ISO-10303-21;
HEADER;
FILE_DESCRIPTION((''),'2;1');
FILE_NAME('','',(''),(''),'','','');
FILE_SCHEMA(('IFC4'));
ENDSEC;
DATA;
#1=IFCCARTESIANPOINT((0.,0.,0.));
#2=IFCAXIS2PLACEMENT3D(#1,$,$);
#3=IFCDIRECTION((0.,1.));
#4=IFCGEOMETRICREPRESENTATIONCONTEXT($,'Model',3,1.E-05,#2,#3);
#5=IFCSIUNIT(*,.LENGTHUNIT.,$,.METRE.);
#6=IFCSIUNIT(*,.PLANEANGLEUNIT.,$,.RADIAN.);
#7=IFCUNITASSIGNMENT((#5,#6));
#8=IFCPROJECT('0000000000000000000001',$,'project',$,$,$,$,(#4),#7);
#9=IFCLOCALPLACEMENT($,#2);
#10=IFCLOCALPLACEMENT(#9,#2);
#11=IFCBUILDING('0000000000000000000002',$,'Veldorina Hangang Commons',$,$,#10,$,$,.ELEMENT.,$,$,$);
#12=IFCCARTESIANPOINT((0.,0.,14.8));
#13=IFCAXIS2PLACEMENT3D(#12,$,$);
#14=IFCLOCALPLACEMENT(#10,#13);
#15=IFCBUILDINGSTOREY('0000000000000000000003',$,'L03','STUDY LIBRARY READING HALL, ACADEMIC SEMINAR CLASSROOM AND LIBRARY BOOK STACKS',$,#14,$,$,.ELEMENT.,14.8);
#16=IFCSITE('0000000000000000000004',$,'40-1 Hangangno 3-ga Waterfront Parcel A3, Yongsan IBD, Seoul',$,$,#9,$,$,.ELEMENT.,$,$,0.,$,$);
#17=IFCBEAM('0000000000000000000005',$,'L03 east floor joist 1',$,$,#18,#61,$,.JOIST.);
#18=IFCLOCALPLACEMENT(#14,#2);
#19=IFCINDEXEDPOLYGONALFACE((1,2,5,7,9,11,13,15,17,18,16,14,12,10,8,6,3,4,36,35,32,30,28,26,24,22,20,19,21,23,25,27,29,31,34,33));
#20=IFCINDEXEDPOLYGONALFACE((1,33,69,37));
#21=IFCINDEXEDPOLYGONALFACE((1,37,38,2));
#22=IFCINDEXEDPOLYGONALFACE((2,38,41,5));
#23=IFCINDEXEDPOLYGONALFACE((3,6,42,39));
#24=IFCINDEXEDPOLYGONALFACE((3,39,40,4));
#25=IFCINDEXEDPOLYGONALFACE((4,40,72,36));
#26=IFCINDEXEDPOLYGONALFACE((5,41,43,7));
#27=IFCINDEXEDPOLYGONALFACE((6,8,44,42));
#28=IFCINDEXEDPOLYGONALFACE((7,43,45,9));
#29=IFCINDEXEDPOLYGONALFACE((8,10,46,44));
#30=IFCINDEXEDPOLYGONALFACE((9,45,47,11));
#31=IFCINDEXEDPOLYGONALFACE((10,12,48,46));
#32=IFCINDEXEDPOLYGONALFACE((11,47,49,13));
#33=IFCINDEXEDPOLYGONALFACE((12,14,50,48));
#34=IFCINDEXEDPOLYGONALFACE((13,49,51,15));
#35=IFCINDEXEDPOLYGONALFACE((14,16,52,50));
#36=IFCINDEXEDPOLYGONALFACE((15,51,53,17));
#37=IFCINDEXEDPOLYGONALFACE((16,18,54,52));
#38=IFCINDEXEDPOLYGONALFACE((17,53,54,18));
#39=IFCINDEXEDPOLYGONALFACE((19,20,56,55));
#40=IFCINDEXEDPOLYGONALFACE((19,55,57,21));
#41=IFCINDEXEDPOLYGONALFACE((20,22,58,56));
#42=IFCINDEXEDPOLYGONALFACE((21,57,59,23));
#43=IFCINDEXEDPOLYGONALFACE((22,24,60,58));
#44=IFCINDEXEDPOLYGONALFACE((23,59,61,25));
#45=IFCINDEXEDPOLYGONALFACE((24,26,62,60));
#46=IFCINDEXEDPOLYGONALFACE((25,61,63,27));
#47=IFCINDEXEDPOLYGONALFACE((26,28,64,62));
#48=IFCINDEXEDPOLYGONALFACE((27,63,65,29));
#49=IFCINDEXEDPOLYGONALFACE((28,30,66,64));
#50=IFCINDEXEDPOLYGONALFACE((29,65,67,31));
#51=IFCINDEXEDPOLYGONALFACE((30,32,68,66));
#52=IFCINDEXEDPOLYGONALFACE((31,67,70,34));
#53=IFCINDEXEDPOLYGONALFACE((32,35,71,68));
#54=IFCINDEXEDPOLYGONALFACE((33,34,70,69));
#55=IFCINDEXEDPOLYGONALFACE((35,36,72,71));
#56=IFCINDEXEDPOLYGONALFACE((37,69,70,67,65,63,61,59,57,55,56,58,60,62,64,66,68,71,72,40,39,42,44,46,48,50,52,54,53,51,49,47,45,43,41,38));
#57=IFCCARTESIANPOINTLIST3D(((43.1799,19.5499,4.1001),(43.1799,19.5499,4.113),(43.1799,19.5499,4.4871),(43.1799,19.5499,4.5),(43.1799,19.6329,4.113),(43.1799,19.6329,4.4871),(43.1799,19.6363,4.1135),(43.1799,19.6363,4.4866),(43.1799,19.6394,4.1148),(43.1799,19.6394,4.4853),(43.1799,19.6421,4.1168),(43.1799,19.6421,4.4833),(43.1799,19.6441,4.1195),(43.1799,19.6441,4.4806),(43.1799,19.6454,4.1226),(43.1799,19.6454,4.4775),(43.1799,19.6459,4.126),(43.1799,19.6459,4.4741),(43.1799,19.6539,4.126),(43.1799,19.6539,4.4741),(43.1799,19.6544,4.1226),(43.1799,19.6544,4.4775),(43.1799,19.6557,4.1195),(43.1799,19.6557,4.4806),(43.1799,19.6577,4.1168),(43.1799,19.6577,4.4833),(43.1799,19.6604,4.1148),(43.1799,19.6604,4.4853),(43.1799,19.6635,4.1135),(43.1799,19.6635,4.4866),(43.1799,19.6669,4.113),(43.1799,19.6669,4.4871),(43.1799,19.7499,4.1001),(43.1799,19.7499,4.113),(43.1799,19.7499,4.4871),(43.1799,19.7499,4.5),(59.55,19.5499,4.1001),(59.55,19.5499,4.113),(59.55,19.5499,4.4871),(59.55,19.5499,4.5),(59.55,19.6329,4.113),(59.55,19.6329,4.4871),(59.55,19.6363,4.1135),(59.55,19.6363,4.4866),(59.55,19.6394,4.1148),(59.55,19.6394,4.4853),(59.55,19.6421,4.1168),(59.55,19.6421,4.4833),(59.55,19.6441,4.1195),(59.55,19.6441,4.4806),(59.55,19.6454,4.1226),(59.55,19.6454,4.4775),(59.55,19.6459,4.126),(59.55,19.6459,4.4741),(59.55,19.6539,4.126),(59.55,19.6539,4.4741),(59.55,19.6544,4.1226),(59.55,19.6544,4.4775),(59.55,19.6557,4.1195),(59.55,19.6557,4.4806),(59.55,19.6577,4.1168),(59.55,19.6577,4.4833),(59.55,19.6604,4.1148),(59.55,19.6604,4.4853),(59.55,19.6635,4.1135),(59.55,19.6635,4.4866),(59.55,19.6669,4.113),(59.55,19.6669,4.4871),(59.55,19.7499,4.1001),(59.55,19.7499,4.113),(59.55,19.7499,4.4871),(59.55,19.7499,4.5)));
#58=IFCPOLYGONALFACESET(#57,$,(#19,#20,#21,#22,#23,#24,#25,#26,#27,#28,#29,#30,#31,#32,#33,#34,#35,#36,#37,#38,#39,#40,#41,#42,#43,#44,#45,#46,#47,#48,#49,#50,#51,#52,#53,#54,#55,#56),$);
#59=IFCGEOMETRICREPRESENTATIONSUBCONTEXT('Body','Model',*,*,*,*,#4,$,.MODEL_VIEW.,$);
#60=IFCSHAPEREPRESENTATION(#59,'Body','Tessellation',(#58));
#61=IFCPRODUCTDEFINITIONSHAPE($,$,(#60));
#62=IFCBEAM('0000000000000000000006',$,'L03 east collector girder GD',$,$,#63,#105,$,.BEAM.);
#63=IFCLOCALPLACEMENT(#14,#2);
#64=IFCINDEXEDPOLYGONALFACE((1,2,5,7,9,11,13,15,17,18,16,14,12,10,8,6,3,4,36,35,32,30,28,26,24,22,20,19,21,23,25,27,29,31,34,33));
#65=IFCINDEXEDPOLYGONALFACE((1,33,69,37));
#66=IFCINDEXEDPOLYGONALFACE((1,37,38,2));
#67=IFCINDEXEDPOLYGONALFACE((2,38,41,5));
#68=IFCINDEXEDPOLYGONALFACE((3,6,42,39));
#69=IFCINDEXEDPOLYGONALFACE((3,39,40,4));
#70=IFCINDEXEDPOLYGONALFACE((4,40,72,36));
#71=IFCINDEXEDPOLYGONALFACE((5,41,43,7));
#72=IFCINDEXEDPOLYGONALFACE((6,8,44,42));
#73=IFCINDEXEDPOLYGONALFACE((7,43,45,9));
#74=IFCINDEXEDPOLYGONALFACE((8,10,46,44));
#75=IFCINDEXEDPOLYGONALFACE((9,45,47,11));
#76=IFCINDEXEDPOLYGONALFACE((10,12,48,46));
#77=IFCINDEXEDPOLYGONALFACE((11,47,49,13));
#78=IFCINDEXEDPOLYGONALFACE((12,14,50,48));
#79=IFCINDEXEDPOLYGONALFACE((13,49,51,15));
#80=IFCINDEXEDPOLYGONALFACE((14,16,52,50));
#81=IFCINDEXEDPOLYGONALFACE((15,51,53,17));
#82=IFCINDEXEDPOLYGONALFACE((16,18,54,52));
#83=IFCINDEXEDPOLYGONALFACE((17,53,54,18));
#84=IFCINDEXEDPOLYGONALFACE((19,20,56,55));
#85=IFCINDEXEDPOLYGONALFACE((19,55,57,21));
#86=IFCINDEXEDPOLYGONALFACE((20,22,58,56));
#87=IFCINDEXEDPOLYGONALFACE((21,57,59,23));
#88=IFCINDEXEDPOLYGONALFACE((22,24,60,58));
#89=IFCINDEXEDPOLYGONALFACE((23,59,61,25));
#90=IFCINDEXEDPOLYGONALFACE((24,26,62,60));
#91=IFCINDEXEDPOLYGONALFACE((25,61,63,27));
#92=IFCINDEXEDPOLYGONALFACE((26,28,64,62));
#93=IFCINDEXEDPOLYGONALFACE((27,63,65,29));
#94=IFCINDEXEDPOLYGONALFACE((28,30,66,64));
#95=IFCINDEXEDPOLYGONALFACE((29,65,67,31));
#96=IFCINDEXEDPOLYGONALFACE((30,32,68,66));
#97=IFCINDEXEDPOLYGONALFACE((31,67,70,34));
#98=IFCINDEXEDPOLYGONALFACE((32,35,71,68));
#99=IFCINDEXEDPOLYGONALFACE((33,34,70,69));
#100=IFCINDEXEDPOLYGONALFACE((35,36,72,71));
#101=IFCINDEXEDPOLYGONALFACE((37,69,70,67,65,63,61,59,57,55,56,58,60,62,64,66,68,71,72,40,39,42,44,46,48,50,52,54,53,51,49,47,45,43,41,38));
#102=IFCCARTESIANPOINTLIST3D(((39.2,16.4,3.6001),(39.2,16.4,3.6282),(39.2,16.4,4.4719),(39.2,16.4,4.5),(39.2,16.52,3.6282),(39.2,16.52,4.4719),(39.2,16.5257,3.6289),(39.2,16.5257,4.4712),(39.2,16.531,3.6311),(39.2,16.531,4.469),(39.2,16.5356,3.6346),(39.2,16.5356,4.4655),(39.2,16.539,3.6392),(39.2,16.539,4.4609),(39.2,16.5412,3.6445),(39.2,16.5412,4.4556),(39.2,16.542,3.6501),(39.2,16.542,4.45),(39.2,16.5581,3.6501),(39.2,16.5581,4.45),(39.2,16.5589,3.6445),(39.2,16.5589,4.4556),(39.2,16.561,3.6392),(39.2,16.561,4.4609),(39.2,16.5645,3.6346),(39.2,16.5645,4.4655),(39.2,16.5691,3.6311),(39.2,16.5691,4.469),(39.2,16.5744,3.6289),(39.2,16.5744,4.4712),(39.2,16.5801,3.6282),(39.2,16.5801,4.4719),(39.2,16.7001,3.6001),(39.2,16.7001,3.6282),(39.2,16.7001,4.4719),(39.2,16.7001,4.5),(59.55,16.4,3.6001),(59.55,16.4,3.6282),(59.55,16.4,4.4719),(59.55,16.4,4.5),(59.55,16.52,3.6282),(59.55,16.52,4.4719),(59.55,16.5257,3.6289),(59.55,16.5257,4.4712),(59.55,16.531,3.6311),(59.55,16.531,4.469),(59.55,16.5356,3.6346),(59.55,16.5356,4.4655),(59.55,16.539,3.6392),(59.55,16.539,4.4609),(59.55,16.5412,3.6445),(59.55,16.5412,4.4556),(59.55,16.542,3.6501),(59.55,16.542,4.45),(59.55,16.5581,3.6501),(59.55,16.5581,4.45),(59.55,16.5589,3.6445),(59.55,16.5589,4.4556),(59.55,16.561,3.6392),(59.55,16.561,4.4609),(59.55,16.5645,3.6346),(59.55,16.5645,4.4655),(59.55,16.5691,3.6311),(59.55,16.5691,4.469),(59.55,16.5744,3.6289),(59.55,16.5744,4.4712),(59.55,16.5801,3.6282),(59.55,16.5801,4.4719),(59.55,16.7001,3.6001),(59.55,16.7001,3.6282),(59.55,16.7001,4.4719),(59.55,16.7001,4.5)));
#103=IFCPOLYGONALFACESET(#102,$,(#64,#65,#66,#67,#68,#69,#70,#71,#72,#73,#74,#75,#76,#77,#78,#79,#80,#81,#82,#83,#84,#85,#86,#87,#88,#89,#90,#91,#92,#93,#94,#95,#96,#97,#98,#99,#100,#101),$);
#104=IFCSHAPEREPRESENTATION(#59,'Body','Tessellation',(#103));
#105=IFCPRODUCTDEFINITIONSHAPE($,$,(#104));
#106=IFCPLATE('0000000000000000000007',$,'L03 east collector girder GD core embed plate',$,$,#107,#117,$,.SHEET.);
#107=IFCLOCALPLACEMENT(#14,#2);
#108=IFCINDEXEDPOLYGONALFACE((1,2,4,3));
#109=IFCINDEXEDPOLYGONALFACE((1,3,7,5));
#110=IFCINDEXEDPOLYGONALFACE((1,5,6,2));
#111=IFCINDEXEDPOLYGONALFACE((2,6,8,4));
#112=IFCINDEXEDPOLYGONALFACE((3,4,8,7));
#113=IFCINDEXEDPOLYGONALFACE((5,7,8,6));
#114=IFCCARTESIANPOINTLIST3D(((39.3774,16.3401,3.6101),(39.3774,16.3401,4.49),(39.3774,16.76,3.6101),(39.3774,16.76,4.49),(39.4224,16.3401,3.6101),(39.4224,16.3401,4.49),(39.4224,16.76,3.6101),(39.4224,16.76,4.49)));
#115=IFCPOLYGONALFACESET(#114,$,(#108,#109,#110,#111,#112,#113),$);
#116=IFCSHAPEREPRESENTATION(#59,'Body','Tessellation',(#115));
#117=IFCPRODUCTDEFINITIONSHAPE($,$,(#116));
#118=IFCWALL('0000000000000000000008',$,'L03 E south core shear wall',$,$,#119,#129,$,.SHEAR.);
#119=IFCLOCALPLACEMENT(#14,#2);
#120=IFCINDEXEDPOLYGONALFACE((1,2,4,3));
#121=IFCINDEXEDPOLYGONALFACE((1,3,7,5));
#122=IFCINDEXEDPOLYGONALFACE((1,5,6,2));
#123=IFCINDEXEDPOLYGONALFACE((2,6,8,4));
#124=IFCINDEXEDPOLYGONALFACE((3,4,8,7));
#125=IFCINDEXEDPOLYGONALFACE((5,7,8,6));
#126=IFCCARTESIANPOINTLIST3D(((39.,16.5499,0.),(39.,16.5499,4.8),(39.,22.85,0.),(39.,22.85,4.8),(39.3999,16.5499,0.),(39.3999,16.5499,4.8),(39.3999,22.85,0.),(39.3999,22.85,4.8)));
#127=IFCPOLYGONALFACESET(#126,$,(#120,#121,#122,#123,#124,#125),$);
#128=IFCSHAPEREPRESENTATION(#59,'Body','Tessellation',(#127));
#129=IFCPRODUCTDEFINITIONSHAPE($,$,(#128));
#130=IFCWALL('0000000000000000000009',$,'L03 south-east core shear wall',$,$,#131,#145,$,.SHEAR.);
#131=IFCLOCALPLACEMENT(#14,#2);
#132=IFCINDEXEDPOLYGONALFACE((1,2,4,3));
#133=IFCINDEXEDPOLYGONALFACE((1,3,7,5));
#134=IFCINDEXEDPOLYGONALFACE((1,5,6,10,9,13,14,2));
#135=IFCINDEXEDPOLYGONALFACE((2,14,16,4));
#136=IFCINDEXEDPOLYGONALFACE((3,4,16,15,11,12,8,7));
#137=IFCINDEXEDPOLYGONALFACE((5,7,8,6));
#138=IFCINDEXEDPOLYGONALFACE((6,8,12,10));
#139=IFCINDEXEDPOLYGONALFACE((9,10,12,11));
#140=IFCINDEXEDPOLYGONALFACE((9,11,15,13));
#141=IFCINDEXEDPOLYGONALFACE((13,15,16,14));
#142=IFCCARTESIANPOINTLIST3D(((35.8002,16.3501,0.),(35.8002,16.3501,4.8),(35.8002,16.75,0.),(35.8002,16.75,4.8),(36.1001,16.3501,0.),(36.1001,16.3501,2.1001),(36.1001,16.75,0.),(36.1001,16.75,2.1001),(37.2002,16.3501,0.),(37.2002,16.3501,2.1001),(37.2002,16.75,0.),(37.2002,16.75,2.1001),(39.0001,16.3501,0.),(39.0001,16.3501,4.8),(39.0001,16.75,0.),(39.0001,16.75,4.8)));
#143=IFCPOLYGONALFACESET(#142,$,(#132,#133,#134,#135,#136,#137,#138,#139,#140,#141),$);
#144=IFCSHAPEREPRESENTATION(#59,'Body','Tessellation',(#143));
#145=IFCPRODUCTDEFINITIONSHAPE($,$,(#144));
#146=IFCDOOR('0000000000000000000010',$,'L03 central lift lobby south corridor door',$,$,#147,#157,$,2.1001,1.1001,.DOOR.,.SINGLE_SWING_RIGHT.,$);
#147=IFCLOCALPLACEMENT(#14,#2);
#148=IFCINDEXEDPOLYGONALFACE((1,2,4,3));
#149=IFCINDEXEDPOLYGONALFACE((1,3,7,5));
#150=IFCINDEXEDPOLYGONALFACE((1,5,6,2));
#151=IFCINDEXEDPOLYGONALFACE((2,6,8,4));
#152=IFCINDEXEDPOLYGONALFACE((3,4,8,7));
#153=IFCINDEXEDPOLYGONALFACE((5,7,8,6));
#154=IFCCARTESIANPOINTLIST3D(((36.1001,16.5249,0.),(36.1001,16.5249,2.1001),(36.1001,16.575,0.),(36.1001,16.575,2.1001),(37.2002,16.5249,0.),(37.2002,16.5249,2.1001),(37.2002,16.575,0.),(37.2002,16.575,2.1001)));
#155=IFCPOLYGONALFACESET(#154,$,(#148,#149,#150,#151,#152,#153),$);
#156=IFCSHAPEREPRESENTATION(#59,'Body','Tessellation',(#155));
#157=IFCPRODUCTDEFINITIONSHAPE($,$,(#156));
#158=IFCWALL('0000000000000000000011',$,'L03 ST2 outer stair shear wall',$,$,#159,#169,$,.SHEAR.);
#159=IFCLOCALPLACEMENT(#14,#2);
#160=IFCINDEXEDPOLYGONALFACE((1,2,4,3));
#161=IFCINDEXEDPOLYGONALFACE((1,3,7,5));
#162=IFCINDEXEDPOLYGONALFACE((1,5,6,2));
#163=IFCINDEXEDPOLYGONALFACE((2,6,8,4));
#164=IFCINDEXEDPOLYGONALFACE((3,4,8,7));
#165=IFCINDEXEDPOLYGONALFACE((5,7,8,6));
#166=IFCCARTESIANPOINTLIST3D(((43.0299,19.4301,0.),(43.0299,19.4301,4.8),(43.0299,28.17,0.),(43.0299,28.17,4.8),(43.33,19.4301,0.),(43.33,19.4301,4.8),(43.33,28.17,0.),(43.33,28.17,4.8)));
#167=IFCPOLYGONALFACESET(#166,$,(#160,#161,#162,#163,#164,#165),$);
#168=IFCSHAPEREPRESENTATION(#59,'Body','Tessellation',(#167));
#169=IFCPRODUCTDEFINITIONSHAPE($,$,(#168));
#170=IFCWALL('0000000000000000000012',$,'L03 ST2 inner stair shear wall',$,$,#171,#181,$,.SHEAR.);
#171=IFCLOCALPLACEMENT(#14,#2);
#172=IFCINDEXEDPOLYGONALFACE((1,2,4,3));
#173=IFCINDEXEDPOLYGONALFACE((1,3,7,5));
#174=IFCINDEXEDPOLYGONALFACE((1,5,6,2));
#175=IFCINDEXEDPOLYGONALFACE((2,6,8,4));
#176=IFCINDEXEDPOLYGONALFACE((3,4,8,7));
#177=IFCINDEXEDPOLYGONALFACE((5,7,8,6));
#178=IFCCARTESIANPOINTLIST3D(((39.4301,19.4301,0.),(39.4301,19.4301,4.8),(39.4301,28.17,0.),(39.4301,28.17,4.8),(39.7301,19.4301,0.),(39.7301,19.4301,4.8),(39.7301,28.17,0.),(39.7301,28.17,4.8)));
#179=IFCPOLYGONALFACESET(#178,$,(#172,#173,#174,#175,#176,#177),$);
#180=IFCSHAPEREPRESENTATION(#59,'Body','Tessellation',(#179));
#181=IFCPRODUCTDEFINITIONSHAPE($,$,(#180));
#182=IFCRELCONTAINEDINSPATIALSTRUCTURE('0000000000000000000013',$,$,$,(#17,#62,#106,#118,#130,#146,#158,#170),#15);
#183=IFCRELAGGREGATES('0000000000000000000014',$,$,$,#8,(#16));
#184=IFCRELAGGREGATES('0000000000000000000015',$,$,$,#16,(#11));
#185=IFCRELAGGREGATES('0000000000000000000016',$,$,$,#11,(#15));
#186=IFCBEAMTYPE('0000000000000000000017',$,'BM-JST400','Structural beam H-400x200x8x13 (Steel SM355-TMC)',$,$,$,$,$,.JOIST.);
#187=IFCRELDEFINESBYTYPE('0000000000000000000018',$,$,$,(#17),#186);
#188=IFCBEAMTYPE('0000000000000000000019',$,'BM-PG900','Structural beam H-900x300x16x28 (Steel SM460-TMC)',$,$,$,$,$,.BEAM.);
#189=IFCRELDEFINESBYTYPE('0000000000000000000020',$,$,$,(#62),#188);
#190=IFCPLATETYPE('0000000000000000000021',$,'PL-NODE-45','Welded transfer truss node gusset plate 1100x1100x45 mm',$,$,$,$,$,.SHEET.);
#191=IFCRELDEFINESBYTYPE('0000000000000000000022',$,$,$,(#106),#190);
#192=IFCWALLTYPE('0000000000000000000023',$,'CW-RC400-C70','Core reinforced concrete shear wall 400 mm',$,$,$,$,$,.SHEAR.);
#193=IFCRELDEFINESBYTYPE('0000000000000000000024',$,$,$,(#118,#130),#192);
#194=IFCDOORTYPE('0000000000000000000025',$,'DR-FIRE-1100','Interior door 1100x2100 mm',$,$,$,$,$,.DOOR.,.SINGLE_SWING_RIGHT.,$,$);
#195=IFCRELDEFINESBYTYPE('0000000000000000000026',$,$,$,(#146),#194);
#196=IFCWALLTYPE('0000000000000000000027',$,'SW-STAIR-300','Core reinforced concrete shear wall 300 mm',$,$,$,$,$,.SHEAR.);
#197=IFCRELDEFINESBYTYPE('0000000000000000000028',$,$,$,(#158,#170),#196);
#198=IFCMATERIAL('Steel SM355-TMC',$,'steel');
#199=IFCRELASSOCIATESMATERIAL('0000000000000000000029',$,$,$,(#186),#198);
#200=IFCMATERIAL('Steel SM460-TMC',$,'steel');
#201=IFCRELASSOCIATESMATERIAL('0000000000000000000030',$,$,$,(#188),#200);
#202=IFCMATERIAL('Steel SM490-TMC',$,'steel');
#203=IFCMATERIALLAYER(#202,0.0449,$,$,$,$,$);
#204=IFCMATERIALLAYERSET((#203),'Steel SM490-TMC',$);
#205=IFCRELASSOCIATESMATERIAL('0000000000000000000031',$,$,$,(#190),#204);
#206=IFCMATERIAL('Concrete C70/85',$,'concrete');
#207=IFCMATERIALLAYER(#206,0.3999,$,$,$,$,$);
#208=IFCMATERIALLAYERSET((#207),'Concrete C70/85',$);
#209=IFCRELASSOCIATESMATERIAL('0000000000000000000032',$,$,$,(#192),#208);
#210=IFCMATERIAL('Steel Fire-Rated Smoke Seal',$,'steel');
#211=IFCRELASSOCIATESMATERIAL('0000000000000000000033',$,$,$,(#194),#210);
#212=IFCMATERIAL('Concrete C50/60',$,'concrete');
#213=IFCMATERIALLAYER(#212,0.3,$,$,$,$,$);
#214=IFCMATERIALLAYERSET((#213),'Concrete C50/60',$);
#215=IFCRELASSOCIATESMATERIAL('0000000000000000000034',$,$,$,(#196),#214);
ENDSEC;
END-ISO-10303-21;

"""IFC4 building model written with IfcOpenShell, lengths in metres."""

from ifc_helpers import new_model, si_unit, direction, frame, frame_2d, origin, origin_2d, place, context, subcontext, project, spatial, rectangle, i_section, extrude, material, layer, layer_set, material_profile, profile_set, type_object, element, fill, save


model = new_model("IFC4")

# Units and contexts
model_context = context("Model", 3, precision=1e-05, world=origin(), true_north=direction((0.0, 1.0)))
body_context = subcontext(model_context, "Body", "Model", "MODEL_VIEW")
ifc_project = project(units=[si_unit("LENGTHUNIT", "METRE"), si_unit("PLANEANGLEUNIT", "RADIAN")], contexts=[model_context])

# Site, building, storey
site_placement = place(None, origin())
site = spatial("IfcSite", under=ifc_project, at=site_placement, Name="40-1 Hangangno 3-ga Waterfront Parcel A3, Yongsan IBD, Seoul", CompositionType="ELEMENT", RefElevation=0.0)
building_placement = place(site_placement, origin())
building = spatial("IfcBuilding", under=site, at=building_placement, Name="Veldorina Hangang Commons", CompositionType="ELEMENT")
storey_placement = place(building_placement, frame((0.0, 0.0, 14.8)))
storey = spatial("IfcBuildingStorey", under=building, at=storey_placement, Name="L03", Description="STUDY LIBRARY READING HALL, ACADEMIC SEMINAR CLASSROOM AND LIBRARY BOOK STACKS", CompositionType="ELEMENT", Elevation=14.8)

# Beams
ifc_material_1 = material(Name="Steel SM355-TMC", Category="steel")
ifc_material_profile_1 = material_profile(ifc_material_1, i_section(OverallWidth=0.2, OverallDepth=0.3999, WebThickness=0.0081, FlangeThickness=0.0129, FilletRadius=0.0129, at=origin_2d()), Name="H-400x200x8x13")
ifc_profile_set_1 = profile_set([ifc_material_profile_1], Name="Steel SM355-TMC")
beam_type_1 = type_object("IfcBeamType", Name="BM-JST400", Description="Structural beam H-400x200x8x13 (Steel SM355-TMC)", PredefinedType="JOIST", material=ifc_profile_set_1)
beam_1_placement = place(storey_placement, frame((43.1799, 19.6499, 4.3), z_axis=(1.0, 0.0, 0.0), x_axis=(0.0, 1.0, 0.0)))
element("IfcBeam", 1, at=beam_1_placement, inside=storey, type_object=beam_type_1, Name="L03 east floor joist 1", PredefinedType="JOIST", context=body_context, shape_type="SweptSolid", body=[
    extrude(i_section(OverallWidth=0.2, OverallDepth=0.3999, WebThickness=0.0081, FlangeThickness=0.0129, FilletRadius=0.0129, at=origin_2d()), origin(), (0.0, 0.0, 1.0), 16.3701),
])
ifc_material_2 = material(Name="Steel SM460-TMC", Category="steel")
ifc_material_profile_2 = material_profile(ifc_material_2, i_section(OverallWidth=0.3, OverallDepth=0.8999, WebThickness=0.0161, FlangeThickness=0.0281, FilletRadius=0.022, at=origin_2d()), Name="H-900x300x16x28")
ifc_profile_set_2 = profile_set([ifc_material_profile_2], Name="Steel SM460-TMC")
beam_type_2 = type_object("IfcBeamType", Name="BM-PG900", Description="Structural beam H-900x300x16x28 (Steel SM460-TMC)", PredefinedType="BEAM", material=ifc_profile_set_2)
beam_2_placement = place(storey_placement, frame((39.2, 16.55, 4.05), z_axis=(1.0, 0.0, 0.0), x_axis=(0.0, 1.0, 0.0)))
element("IfcBeam", 2, at=beam_2_placement, inside=storey, type_object=beam_type_2, Name="L03 east collector girder GD", PredefinedType="BEAM", context=body_context, shape_type="SweptSolid", body=[
    extrude(i_section(OverallWidth=0.3, OverallDepth=0.8999, WebThickness=0.0161, FlangeThickness=0.0281, FilletRadius=0.022, at=origin_2d()), origin(), (0.0, 0.0, 1.0), 20.3501),
])

# Plate
ifc_material_3 = material(Name="Steel SM490-TMC", Category="steel")
ifc_layer_1 = layer(ifc_material_3, 0.0449)
ifc_layer_set_1 = layer_set([ifc_layer_1], Name="Steel SM490-TMC")
plate_type = type_object("IfcPlateType", Name="PL-NODE-45", Description="Welded transfer truss node gusset plate 1100x1100x45 mm", PredefinedType="SHEET", material=ifc_layer_set_1)
plate_placement = place(storey_placement, frame((39.3999, 16.55, 3.6101), z_axis=(0.0, 0.0, 1.0), x_axis=(1.0, 0.0, 0.0)))
element("IfcPlate", 3, at=plate_placement, inside=storey, type_object=plate_type, Name="L03 east collector girder GD core embed plate", PredefinedType="SHEET", context=body_context, shape_type="SweptSolid", body=[
    extrude(rectangle(XDim=0.0449, YDim=0.4199, at=origin_2d()), origin(), (0.0, 0.0, 1.0), 0.8799),
])

# Wall
ifc_material_4 = material(Name="Concrete C70/85", Category="concrete")
ifc_layer_2 = layer(ifc_material_4, 0.3999)
ifc_layer_set_2 = layer_set([ifc_layer_2], Name="Concrete C70/85")
wall_type_1 = type_object("IfcWallType", Name="CW-RC400-C70", Description="Core reinforced concrete shear wall 400 mm", PredefinedType="SHEAR", material=ifc_layer_set_2)
wall_1_placement = place(storey_placement, frame((39.2, 16.55, 0.0), z_axis=(0.0, 0.0, 1.0), x_axis=(0.0, 1.0, 0.0)))
element("IfcWall", 4, at=wall_1_placement, inside=storey, type_object=wall_type_1, Name="L03 E south core shear wall", PredefinedType="SHEAR", context=body_context, shape_type="SweptSolid", body=[
    extrude(rectangle(XDim=6.3, YDim=0.3999, at=frame_2d((3.1499, 0.0))), origin(), (0.0, 0.0, 1.0), 4.8),
])

# Wall, opening, door
wall_2_placement = place(storey_placement, frame((35.8, 16.55, 0.0), z_axis=(0.0, 0.0, 1.0), x_axis=(1.0, 0.0, 0.0)))
wall_2 = element("IfcWall", 5, at=wall_2_placement, inside=storey, type_object=wall_type_1, Name="L03 south-east core shear wall", PredefinedType="SHEAR", context=body_context, shape_type="SweptSolid", body=[
    extrude(rectangle(XDim=3.2, YDim=0.3999, at=frame_2d((1.6001, 0.0))), origin(), (0.0, 0.0, 1.0), 4.8),
])
opening_1_placement = place(wall_2_placement, frame((0.3, 0.0, 0.0)))
opening_1 = element("IfcOpeningElement", 6, at=opening_1_placement, cuts=wall_2, PredefinedType="OPENING", context=body_context, shape_type="SweptSolid", body=[
    extrude(rectangle(XDim=1.1001, YDim=2.1001, at=frame_2d((0.55, 1.05))), frame((0.0, 0.21, 0.0), z_axis=(0.0, -1.0, 0.0), x_axis=(1.0, 0.0, 0.0)), (0.0, 0.0, 1.0), 0.4199),
])
ifc_material_5 = material(Name="Steel Fire-Rated Smoke Seal", Category="steel")
door_type_1 = type_object("IfcDoorType", Name="DR-FIRE-1100", Description="Interior door 1100x2100 mm", OperationType="SINGLE_SWING_RIGHT", PredefinedType="DOOR", material=ifc_material_5)
door_1_placement = place(opening_1_placement, origin())
door_1 = element("IfcDoor", 7, at=door_1_placement, inside=storey, type_object=door_type_1, Name="L03 central lift lobby south corridor door", OperationType="SINGLE_SWING_RIGHT", OverallHeight=2.1001, OverallWidth=1.1001, PredefinedType="DOOR", context=body_context, shape_type="SweptSolid", body=[
    extrude(rectangle(XDim=1.1001, YDim=2.1001, at=frame_2d((0.55, 1.05))), frame((0.0, 0.0249, 0.0), z_axis=(0.0, -1.0, 0.0), x_axis=(1.0, 0.0, 0.0)), (0.0, 0.0, 1.0), 0.05),
])
fill(opening_1, door_1)

# Walls
ifc_material_6 = material(Name="Concrete C50/60", Category="concrete")
ifc_layer_3 = layer(ifc_material_6, 0.3)
ifc_layer_set_3 = layer_set([ifc_layer_3], Name="Concrete C50/60")
wall_type_2 = type_object("IfcWallType", Name="SW-STAIR-300", Description="Core reinforced concrete shear wall 300 mm", PredefinedType="SHEAR", material=ifc_layer_set_3)
for number, where, z_axis, x_axis, name in (
    (8, (43.1799, 19.4299, 0.0), (0.0, 0.0, 1.0), (0.0, 1.0, 0.0), "L03 ST2 outer stair shear wall"),
    (9, (39.5801, 19.4299, 0.0), (0.0, 0.0, 1.0), (0.0, 1.0, 0.0), "L03 ST2 inner stair shear wall"),
):
    element("IfcWall", number, at=place(storey_placement, frame(where, z_axis=z_axis, x_axis=x_axis)), inside=storey, type_object=wall_type_2, Name=name, PredefinedType="SHEAR", context=body_context, shape_type="SweptSolid", body=[
        extrude(rectangle(XDim=8.74, YDim=0.3, at=frame_2d((4.3701, 0.0))), origin(), (0.0, 0.0, 1.0), 4.8),
    ])

save(model, "model.ifc")
